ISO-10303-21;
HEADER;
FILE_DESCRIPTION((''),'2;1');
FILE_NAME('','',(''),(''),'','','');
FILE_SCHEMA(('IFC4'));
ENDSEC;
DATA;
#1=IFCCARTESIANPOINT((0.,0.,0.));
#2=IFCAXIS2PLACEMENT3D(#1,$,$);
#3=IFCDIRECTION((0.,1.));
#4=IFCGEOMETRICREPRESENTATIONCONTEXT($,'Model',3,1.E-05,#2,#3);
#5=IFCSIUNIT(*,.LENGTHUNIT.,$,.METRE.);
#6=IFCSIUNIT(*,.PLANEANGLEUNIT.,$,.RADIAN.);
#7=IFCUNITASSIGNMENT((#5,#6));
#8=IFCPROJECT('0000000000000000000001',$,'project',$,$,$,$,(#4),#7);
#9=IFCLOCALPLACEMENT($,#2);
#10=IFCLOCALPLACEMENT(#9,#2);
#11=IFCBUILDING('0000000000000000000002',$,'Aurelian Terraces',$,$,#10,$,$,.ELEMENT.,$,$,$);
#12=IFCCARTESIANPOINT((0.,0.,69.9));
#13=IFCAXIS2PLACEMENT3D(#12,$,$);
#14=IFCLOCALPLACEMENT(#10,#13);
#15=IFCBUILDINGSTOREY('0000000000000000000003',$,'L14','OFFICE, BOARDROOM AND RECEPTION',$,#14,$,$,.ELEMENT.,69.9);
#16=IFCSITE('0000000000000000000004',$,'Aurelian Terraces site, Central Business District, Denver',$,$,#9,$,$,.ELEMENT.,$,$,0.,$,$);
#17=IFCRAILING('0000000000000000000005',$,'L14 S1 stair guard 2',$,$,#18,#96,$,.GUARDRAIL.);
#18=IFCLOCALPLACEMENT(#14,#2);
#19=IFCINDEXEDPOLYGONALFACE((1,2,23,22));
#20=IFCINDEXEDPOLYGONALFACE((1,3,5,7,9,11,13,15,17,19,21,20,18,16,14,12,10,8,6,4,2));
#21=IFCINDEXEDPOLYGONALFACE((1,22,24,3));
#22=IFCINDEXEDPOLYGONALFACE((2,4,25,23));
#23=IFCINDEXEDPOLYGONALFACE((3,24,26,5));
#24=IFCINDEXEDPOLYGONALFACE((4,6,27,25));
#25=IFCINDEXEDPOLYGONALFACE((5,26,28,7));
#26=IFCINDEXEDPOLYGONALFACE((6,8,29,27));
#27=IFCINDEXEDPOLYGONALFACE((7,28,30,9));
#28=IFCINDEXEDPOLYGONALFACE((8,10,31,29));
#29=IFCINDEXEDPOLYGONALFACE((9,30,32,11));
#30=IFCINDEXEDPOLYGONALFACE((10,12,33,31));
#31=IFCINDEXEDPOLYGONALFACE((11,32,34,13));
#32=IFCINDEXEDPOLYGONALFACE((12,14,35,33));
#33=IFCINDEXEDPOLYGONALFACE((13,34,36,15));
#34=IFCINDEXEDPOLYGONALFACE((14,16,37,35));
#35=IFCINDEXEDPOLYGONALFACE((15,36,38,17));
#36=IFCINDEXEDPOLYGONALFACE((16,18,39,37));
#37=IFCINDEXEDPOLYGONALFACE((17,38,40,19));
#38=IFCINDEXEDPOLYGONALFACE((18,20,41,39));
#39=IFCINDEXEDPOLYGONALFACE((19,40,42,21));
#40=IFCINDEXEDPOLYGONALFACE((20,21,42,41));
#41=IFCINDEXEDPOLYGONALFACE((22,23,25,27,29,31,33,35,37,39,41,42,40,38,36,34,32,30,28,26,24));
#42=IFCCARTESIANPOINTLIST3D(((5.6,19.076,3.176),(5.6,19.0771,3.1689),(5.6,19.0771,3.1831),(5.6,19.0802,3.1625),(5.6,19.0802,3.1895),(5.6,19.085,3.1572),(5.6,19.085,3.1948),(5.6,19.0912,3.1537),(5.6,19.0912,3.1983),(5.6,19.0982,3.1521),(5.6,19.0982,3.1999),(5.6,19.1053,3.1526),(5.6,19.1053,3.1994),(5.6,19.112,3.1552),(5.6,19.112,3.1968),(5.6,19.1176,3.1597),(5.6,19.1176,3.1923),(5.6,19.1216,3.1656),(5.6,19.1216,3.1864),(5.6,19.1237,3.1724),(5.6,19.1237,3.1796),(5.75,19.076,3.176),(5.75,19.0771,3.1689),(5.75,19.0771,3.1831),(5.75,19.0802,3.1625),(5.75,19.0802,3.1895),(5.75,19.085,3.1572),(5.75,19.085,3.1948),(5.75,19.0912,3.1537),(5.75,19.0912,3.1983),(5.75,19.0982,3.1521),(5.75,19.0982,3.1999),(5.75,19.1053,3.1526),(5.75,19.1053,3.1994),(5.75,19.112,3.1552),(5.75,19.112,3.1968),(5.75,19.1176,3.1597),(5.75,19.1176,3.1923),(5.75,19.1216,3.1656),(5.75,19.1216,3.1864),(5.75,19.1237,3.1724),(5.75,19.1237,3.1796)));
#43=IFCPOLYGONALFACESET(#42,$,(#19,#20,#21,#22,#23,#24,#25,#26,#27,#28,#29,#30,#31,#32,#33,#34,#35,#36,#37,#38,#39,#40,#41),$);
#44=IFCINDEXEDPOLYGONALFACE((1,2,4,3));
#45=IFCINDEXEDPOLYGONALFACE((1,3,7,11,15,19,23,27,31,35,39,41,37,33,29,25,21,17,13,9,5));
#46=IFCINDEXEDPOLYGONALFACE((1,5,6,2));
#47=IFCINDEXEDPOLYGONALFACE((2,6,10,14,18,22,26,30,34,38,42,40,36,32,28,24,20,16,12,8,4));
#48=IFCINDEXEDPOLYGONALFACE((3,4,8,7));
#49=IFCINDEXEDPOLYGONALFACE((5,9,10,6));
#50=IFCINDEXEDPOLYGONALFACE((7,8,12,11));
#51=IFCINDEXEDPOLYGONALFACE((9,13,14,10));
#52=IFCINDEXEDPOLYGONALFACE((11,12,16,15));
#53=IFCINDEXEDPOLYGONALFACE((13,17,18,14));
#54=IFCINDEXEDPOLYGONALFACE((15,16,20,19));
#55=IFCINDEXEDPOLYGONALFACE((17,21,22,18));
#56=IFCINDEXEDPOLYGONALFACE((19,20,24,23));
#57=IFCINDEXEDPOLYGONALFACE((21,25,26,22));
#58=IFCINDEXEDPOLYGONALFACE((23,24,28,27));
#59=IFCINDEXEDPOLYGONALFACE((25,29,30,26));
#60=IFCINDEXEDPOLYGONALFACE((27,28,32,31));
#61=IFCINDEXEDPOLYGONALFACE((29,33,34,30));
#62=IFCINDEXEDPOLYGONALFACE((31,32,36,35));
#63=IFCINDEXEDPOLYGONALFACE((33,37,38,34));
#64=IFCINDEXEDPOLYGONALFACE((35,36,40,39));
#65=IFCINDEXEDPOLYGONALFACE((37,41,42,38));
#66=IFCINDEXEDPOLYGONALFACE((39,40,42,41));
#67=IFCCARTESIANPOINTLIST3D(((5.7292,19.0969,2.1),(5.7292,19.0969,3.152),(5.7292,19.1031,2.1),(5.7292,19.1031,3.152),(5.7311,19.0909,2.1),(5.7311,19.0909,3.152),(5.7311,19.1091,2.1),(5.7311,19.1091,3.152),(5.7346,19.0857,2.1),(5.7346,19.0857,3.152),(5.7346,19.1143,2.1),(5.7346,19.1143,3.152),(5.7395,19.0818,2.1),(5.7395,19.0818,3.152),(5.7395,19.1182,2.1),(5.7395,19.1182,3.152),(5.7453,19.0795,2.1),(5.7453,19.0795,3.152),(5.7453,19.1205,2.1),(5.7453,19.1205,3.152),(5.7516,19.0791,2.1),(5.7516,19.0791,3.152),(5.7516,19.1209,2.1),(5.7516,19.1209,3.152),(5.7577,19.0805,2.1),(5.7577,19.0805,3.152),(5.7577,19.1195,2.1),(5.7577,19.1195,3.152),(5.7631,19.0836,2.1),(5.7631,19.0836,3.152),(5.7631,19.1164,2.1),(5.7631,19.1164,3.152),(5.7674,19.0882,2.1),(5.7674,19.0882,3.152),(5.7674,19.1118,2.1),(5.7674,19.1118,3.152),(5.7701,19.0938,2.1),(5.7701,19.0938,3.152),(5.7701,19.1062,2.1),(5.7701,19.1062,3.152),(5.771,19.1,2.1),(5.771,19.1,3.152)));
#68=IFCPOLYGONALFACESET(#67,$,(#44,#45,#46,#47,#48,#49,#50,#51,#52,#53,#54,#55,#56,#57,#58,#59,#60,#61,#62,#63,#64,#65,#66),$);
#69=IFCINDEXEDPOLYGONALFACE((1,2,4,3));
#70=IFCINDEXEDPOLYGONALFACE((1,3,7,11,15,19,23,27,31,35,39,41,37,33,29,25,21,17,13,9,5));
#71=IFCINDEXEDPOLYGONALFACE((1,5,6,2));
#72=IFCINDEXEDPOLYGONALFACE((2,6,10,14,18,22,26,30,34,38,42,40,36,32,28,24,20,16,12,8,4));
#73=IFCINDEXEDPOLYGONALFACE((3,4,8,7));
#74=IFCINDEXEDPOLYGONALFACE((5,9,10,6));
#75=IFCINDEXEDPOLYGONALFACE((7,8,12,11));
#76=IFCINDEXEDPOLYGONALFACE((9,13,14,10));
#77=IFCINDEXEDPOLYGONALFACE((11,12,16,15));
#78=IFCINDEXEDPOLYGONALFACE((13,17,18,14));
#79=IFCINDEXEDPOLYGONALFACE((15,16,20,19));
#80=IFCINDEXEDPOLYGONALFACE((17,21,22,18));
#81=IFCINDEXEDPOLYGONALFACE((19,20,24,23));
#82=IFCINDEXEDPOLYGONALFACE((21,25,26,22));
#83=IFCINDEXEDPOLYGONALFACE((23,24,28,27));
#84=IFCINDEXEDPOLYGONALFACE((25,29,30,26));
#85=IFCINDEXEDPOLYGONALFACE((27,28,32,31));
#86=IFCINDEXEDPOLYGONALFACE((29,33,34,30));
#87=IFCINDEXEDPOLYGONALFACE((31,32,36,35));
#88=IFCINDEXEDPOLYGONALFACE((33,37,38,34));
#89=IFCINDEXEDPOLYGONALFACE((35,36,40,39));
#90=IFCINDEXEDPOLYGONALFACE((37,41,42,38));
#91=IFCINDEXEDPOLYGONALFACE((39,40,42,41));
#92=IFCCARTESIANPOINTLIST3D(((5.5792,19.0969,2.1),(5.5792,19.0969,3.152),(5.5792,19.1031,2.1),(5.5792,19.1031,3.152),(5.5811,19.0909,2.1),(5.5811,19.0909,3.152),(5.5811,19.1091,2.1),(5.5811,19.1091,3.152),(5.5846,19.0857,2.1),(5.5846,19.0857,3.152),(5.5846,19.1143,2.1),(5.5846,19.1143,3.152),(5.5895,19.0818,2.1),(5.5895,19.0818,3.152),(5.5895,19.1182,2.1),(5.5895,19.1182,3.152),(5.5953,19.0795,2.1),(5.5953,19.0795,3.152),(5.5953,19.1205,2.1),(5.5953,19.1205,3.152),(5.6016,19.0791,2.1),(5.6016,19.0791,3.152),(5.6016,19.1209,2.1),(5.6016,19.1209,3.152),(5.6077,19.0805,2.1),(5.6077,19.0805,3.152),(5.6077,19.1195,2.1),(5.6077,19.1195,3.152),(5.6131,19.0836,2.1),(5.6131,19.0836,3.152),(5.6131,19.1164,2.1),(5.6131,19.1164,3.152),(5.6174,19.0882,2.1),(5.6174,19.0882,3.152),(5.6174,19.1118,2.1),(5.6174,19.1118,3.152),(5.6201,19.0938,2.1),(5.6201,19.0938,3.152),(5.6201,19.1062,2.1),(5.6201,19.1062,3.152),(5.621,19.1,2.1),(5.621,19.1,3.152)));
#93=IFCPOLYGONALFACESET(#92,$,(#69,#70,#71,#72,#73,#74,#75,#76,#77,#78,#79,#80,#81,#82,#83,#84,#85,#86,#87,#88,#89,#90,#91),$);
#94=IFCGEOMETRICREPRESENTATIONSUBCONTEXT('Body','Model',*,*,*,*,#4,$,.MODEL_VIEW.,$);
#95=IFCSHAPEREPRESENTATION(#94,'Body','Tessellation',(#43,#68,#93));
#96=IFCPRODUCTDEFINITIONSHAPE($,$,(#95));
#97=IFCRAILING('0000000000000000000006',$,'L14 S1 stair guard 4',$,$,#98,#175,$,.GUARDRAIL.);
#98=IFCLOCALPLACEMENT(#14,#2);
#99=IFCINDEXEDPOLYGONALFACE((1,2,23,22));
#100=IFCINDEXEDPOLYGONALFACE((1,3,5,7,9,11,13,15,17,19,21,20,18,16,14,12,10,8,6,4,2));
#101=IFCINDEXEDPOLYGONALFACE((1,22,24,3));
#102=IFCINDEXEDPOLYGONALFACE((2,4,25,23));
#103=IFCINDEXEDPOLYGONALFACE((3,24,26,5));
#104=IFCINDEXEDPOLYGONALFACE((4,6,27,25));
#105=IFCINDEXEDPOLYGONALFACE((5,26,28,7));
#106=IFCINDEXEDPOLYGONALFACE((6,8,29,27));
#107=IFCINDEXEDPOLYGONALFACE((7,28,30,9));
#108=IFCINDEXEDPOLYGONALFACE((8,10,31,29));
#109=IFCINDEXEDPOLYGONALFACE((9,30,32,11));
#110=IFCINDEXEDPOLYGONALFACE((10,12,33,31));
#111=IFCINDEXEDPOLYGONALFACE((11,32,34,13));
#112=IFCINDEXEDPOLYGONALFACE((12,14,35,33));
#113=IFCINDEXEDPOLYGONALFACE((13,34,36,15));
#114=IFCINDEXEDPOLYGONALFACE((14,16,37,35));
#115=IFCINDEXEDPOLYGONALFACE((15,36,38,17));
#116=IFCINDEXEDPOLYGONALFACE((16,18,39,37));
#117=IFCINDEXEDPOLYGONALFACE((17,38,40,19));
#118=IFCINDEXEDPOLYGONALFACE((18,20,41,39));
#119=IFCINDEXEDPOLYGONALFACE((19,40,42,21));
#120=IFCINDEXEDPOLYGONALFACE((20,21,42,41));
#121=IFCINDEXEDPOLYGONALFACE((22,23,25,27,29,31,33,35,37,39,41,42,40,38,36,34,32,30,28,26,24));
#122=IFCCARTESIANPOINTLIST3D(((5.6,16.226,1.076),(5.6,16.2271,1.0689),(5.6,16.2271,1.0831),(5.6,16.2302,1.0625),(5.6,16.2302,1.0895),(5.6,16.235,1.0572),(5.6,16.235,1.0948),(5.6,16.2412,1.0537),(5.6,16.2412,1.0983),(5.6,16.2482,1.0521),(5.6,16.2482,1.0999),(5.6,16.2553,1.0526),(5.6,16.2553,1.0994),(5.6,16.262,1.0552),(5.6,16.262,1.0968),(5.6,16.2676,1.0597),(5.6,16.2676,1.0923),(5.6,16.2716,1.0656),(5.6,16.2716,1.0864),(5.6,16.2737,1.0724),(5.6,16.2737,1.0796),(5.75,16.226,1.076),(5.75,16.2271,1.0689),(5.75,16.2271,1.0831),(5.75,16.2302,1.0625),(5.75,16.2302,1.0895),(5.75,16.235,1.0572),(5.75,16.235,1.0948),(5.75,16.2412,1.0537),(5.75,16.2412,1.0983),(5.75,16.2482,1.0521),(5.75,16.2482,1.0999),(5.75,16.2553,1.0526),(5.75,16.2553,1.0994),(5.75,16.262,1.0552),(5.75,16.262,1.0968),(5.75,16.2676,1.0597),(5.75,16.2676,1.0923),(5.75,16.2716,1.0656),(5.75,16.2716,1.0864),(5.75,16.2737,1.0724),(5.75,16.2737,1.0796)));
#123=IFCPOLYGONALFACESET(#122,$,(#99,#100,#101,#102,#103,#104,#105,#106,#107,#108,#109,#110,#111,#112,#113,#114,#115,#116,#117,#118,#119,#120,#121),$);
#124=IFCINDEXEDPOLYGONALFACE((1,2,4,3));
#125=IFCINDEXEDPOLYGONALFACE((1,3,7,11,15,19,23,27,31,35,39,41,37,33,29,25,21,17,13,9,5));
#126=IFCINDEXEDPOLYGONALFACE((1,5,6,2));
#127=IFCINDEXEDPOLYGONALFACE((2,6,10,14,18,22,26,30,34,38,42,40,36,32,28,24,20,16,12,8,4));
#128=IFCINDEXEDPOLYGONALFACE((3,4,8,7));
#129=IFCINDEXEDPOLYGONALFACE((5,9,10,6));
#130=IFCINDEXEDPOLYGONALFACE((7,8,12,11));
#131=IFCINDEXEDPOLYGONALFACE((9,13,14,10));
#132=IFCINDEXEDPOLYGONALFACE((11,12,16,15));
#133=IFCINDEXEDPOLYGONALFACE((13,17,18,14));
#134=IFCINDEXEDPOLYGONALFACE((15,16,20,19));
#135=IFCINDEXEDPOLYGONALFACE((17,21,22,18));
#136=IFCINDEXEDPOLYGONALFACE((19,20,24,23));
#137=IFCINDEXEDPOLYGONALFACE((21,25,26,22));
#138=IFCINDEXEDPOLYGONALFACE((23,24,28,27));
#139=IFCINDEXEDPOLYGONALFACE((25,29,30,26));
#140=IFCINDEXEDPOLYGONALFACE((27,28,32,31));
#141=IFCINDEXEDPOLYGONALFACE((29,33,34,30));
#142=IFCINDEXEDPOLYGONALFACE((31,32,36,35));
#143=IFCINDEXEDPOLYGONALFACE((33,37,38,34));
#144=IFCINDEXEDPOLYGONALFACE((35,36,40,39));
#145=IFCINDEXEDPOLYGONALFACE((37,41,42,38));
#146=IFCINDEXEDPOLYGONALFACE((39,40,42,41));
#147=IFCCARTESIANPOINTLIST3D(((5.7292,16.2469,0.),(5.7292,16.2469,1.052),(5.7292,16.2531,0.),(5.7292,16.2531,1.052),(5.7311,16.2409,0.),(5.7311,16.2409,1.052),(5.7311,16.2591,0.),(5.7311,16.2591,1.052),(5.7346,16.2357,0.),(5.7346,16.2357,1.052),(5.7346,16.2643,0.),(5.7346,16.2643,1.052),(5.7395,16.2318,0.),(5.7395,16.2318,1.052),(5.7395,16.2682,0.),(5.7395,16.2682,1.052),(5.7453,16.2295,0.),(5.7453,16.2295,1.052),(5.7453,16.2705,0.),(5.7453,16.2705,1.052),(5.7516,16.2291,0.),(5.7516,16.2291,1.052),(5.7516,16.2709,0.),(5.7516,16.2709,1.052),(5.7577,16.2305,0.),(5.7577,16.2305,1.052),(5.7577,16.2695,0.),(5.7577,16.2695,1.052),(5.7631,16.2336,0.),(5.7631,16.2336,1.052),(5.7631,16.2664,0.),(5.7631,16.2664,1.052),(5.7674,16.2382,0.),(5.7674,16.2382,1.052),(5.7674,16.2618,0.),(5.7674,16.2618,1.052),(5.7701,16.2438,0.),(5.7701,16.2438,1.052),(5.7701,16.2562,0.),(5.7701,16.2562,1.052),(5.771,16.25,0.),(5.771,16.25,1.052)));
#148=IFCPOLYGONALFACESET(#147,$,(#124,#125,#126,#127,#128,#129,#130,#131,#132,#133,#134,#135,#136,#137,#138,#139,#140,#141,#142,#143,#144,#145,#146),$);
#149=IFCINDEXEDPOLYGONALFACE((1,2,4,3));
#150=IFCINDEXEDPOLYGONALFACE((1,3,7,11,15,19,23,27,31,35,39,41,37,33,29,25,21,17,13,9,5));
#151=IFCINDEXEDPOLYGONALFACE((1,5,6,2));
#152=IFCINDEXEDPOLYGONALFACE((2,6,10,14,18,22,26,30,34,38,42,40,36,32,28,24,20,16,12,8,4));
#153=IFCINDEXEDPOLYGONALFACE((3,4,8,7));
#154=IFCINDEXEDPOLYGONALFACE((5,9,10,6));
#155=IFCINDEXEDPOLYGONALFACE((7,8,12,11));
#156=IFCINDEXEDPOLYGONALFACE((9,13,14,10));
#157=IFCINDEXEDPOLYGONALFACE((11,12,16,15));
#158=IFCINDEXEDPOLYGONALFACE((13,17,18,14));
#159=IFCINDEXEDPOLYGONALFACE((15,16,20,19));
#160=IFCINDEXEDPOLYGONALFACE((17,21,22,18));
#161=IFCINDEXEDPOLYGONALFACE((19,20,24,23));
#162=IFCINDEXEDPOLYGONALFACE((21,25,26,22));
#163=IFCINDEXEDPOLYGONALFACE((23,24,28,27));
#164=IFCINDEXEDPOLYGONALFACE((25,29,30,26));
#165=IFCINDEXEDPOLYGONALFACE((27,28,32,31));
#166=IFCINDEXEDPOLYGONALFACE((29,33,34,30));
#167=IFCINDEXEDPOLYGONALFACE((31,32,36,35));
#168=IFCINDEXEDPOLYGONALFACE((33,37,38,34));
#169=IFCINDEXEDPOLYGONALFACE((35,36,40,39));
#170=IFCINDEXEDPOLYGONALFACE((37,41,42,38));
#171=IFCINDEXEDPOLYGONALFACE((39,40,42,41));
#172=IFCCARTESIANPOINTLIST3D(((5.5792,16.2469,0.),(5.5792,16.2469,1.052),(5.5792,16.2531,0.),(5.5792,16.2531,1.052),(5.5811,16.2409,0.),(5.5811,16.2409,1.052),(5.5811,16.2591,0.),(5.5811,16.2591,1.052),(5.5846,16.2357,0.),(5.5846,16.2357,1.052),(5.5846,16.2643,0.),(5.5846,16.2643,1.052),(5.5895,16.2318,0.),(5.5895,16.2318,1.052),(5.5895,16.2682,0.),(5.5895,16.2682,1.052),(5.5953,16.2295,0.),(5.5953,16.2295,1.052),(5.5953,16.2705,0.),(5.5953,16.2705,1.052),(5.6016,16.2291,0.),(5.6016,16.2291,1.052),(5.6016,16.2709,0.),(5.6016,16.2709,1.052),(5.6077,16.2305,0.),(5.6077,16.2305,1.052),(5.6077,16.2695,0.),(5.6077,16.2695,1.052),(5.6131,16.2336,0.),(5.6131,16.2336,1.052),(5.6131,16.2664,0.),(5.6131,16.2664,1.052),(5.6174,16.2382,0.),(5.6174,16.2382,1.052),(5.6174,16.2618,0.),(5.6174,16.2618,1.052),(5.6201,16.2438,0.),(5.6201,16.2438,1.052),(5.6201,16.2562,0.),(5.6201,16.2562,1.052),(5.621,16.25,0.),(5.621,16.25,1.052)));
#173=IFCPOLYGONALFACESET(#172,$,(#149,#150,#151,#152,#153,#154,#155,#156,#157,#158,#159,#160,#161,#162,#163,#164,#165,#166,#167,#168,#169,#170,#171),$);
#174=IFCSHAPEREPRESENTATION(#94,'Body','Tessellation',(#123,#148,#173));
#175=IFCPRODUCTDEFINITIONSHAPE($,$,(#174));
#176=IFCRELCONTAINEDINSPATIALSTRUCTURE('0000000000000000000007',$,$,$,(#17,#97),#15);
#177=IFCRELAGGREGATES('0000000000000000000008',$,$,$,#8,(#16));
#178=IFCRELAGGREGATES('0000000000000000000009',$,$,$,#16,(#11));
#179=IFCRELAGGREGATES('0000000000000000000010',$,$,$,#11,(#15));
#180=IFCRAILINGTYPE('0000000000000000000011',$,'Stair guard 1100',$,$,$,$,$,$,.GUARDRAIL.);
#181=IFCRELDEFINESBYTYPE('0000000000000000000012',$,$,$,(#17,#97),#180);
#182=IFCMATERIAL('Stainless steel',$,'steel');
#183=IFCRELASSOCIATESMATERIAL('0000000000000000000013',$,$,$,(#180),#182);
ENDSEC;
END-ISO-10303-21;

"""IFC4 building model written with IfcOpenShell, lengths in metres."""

from ifc_helpers import new_model, si_unit, direction, frame, origin, origin_2d, place, context, subcontext, project, spatial, circle, extrude, source, transform, mapped, material, type_object, element, save


model = new_model("IFC4")

# Units and contexts
model_context = context("Model", 3, precision=1e-05, world=origin(), true_north=direction((0.0, 1.0)))
body_context = subcontext(model_context, "Body", "Model", "MODEL_VIEW")
ifc_project = project(units=[si_unit("LENGTHUNIT", "METRE"), si_unit("PLANEANGLEUNIT", "RADIAN")], contexts=[model_context])

# Site, building, storey
site_placement = place(None, origin())
site = spatial("IfcSite", under=ifc_project, at=site_placement, Name="Aurelian Terraces site, Central Business District, Denver", CompositionType="ELEMENT", RefElevation=0.0)
building_placement = place(site_placement, origin())
building = spatial("IfcBuilding", under=site, at=building_placement, Name="Aurelian Terraces", CompositionType="ELEMENT")
storey_placement = place(building_placement, frame((0.0, 0.0, 69.9)))
storey = spatial("IfcBuildingStorey", under=building, at=storey_placement, Name="L14", Description="OFFICE, BOARDROOM AND RECEPTION", CompositionType="ELEMENT", Elevation=69.9)

# Railings
ifc_material_1 = material(Name="Stainless steel", Category="steel")
railing_type_1 = type_object("IfcRailingType", Name="Stair guard 1100", PredefinedType="GUARDRAIL", material=ifc_material_1)
shared_shape_1 = source(origin(), body_context, "Body", "SweptSolid", [
    extrude(circle(Radius=0.024, at=origin_2d()), frame((0.0, 0.0, 1.076), z_axis=(-1.0, 0.0, 0.0), x_axis=(0.0, -1.0, 0.0)), (0.0, 0.0, 1.0), 0.15),
    extrude(circle(Radius=0.021, at=origin_2d()), origin(), (0.0, 0.0, 1.0), 1.052),
    extrude(circle(Radius=0.021, at=origin_2d()), frame((-0.15, 0.0, 0.0)), (0.0, 0.0, 1.0), 1.052),
])
for number, where, name in (
    (1, (5.75, 19.1, 2.1), "L14 S1 stair guard 2"),
    (2, (5.75, 16.25, 0.0), "L14 S1 stair guard 4"),
):
    element("IfcRailing", number, at=place(storey_placement, frame(where)), inside=storey, type_object=railing_type_1, Name=name, PredefinedType="GUARDRAIL", context=body_context, shape_type="MappedRepresentation", body=[
        mapped(shared_shape_1, transform((0.0, 0.0, 0.0), scale=1.0)),
    ])

save(model, "model.ifc")
